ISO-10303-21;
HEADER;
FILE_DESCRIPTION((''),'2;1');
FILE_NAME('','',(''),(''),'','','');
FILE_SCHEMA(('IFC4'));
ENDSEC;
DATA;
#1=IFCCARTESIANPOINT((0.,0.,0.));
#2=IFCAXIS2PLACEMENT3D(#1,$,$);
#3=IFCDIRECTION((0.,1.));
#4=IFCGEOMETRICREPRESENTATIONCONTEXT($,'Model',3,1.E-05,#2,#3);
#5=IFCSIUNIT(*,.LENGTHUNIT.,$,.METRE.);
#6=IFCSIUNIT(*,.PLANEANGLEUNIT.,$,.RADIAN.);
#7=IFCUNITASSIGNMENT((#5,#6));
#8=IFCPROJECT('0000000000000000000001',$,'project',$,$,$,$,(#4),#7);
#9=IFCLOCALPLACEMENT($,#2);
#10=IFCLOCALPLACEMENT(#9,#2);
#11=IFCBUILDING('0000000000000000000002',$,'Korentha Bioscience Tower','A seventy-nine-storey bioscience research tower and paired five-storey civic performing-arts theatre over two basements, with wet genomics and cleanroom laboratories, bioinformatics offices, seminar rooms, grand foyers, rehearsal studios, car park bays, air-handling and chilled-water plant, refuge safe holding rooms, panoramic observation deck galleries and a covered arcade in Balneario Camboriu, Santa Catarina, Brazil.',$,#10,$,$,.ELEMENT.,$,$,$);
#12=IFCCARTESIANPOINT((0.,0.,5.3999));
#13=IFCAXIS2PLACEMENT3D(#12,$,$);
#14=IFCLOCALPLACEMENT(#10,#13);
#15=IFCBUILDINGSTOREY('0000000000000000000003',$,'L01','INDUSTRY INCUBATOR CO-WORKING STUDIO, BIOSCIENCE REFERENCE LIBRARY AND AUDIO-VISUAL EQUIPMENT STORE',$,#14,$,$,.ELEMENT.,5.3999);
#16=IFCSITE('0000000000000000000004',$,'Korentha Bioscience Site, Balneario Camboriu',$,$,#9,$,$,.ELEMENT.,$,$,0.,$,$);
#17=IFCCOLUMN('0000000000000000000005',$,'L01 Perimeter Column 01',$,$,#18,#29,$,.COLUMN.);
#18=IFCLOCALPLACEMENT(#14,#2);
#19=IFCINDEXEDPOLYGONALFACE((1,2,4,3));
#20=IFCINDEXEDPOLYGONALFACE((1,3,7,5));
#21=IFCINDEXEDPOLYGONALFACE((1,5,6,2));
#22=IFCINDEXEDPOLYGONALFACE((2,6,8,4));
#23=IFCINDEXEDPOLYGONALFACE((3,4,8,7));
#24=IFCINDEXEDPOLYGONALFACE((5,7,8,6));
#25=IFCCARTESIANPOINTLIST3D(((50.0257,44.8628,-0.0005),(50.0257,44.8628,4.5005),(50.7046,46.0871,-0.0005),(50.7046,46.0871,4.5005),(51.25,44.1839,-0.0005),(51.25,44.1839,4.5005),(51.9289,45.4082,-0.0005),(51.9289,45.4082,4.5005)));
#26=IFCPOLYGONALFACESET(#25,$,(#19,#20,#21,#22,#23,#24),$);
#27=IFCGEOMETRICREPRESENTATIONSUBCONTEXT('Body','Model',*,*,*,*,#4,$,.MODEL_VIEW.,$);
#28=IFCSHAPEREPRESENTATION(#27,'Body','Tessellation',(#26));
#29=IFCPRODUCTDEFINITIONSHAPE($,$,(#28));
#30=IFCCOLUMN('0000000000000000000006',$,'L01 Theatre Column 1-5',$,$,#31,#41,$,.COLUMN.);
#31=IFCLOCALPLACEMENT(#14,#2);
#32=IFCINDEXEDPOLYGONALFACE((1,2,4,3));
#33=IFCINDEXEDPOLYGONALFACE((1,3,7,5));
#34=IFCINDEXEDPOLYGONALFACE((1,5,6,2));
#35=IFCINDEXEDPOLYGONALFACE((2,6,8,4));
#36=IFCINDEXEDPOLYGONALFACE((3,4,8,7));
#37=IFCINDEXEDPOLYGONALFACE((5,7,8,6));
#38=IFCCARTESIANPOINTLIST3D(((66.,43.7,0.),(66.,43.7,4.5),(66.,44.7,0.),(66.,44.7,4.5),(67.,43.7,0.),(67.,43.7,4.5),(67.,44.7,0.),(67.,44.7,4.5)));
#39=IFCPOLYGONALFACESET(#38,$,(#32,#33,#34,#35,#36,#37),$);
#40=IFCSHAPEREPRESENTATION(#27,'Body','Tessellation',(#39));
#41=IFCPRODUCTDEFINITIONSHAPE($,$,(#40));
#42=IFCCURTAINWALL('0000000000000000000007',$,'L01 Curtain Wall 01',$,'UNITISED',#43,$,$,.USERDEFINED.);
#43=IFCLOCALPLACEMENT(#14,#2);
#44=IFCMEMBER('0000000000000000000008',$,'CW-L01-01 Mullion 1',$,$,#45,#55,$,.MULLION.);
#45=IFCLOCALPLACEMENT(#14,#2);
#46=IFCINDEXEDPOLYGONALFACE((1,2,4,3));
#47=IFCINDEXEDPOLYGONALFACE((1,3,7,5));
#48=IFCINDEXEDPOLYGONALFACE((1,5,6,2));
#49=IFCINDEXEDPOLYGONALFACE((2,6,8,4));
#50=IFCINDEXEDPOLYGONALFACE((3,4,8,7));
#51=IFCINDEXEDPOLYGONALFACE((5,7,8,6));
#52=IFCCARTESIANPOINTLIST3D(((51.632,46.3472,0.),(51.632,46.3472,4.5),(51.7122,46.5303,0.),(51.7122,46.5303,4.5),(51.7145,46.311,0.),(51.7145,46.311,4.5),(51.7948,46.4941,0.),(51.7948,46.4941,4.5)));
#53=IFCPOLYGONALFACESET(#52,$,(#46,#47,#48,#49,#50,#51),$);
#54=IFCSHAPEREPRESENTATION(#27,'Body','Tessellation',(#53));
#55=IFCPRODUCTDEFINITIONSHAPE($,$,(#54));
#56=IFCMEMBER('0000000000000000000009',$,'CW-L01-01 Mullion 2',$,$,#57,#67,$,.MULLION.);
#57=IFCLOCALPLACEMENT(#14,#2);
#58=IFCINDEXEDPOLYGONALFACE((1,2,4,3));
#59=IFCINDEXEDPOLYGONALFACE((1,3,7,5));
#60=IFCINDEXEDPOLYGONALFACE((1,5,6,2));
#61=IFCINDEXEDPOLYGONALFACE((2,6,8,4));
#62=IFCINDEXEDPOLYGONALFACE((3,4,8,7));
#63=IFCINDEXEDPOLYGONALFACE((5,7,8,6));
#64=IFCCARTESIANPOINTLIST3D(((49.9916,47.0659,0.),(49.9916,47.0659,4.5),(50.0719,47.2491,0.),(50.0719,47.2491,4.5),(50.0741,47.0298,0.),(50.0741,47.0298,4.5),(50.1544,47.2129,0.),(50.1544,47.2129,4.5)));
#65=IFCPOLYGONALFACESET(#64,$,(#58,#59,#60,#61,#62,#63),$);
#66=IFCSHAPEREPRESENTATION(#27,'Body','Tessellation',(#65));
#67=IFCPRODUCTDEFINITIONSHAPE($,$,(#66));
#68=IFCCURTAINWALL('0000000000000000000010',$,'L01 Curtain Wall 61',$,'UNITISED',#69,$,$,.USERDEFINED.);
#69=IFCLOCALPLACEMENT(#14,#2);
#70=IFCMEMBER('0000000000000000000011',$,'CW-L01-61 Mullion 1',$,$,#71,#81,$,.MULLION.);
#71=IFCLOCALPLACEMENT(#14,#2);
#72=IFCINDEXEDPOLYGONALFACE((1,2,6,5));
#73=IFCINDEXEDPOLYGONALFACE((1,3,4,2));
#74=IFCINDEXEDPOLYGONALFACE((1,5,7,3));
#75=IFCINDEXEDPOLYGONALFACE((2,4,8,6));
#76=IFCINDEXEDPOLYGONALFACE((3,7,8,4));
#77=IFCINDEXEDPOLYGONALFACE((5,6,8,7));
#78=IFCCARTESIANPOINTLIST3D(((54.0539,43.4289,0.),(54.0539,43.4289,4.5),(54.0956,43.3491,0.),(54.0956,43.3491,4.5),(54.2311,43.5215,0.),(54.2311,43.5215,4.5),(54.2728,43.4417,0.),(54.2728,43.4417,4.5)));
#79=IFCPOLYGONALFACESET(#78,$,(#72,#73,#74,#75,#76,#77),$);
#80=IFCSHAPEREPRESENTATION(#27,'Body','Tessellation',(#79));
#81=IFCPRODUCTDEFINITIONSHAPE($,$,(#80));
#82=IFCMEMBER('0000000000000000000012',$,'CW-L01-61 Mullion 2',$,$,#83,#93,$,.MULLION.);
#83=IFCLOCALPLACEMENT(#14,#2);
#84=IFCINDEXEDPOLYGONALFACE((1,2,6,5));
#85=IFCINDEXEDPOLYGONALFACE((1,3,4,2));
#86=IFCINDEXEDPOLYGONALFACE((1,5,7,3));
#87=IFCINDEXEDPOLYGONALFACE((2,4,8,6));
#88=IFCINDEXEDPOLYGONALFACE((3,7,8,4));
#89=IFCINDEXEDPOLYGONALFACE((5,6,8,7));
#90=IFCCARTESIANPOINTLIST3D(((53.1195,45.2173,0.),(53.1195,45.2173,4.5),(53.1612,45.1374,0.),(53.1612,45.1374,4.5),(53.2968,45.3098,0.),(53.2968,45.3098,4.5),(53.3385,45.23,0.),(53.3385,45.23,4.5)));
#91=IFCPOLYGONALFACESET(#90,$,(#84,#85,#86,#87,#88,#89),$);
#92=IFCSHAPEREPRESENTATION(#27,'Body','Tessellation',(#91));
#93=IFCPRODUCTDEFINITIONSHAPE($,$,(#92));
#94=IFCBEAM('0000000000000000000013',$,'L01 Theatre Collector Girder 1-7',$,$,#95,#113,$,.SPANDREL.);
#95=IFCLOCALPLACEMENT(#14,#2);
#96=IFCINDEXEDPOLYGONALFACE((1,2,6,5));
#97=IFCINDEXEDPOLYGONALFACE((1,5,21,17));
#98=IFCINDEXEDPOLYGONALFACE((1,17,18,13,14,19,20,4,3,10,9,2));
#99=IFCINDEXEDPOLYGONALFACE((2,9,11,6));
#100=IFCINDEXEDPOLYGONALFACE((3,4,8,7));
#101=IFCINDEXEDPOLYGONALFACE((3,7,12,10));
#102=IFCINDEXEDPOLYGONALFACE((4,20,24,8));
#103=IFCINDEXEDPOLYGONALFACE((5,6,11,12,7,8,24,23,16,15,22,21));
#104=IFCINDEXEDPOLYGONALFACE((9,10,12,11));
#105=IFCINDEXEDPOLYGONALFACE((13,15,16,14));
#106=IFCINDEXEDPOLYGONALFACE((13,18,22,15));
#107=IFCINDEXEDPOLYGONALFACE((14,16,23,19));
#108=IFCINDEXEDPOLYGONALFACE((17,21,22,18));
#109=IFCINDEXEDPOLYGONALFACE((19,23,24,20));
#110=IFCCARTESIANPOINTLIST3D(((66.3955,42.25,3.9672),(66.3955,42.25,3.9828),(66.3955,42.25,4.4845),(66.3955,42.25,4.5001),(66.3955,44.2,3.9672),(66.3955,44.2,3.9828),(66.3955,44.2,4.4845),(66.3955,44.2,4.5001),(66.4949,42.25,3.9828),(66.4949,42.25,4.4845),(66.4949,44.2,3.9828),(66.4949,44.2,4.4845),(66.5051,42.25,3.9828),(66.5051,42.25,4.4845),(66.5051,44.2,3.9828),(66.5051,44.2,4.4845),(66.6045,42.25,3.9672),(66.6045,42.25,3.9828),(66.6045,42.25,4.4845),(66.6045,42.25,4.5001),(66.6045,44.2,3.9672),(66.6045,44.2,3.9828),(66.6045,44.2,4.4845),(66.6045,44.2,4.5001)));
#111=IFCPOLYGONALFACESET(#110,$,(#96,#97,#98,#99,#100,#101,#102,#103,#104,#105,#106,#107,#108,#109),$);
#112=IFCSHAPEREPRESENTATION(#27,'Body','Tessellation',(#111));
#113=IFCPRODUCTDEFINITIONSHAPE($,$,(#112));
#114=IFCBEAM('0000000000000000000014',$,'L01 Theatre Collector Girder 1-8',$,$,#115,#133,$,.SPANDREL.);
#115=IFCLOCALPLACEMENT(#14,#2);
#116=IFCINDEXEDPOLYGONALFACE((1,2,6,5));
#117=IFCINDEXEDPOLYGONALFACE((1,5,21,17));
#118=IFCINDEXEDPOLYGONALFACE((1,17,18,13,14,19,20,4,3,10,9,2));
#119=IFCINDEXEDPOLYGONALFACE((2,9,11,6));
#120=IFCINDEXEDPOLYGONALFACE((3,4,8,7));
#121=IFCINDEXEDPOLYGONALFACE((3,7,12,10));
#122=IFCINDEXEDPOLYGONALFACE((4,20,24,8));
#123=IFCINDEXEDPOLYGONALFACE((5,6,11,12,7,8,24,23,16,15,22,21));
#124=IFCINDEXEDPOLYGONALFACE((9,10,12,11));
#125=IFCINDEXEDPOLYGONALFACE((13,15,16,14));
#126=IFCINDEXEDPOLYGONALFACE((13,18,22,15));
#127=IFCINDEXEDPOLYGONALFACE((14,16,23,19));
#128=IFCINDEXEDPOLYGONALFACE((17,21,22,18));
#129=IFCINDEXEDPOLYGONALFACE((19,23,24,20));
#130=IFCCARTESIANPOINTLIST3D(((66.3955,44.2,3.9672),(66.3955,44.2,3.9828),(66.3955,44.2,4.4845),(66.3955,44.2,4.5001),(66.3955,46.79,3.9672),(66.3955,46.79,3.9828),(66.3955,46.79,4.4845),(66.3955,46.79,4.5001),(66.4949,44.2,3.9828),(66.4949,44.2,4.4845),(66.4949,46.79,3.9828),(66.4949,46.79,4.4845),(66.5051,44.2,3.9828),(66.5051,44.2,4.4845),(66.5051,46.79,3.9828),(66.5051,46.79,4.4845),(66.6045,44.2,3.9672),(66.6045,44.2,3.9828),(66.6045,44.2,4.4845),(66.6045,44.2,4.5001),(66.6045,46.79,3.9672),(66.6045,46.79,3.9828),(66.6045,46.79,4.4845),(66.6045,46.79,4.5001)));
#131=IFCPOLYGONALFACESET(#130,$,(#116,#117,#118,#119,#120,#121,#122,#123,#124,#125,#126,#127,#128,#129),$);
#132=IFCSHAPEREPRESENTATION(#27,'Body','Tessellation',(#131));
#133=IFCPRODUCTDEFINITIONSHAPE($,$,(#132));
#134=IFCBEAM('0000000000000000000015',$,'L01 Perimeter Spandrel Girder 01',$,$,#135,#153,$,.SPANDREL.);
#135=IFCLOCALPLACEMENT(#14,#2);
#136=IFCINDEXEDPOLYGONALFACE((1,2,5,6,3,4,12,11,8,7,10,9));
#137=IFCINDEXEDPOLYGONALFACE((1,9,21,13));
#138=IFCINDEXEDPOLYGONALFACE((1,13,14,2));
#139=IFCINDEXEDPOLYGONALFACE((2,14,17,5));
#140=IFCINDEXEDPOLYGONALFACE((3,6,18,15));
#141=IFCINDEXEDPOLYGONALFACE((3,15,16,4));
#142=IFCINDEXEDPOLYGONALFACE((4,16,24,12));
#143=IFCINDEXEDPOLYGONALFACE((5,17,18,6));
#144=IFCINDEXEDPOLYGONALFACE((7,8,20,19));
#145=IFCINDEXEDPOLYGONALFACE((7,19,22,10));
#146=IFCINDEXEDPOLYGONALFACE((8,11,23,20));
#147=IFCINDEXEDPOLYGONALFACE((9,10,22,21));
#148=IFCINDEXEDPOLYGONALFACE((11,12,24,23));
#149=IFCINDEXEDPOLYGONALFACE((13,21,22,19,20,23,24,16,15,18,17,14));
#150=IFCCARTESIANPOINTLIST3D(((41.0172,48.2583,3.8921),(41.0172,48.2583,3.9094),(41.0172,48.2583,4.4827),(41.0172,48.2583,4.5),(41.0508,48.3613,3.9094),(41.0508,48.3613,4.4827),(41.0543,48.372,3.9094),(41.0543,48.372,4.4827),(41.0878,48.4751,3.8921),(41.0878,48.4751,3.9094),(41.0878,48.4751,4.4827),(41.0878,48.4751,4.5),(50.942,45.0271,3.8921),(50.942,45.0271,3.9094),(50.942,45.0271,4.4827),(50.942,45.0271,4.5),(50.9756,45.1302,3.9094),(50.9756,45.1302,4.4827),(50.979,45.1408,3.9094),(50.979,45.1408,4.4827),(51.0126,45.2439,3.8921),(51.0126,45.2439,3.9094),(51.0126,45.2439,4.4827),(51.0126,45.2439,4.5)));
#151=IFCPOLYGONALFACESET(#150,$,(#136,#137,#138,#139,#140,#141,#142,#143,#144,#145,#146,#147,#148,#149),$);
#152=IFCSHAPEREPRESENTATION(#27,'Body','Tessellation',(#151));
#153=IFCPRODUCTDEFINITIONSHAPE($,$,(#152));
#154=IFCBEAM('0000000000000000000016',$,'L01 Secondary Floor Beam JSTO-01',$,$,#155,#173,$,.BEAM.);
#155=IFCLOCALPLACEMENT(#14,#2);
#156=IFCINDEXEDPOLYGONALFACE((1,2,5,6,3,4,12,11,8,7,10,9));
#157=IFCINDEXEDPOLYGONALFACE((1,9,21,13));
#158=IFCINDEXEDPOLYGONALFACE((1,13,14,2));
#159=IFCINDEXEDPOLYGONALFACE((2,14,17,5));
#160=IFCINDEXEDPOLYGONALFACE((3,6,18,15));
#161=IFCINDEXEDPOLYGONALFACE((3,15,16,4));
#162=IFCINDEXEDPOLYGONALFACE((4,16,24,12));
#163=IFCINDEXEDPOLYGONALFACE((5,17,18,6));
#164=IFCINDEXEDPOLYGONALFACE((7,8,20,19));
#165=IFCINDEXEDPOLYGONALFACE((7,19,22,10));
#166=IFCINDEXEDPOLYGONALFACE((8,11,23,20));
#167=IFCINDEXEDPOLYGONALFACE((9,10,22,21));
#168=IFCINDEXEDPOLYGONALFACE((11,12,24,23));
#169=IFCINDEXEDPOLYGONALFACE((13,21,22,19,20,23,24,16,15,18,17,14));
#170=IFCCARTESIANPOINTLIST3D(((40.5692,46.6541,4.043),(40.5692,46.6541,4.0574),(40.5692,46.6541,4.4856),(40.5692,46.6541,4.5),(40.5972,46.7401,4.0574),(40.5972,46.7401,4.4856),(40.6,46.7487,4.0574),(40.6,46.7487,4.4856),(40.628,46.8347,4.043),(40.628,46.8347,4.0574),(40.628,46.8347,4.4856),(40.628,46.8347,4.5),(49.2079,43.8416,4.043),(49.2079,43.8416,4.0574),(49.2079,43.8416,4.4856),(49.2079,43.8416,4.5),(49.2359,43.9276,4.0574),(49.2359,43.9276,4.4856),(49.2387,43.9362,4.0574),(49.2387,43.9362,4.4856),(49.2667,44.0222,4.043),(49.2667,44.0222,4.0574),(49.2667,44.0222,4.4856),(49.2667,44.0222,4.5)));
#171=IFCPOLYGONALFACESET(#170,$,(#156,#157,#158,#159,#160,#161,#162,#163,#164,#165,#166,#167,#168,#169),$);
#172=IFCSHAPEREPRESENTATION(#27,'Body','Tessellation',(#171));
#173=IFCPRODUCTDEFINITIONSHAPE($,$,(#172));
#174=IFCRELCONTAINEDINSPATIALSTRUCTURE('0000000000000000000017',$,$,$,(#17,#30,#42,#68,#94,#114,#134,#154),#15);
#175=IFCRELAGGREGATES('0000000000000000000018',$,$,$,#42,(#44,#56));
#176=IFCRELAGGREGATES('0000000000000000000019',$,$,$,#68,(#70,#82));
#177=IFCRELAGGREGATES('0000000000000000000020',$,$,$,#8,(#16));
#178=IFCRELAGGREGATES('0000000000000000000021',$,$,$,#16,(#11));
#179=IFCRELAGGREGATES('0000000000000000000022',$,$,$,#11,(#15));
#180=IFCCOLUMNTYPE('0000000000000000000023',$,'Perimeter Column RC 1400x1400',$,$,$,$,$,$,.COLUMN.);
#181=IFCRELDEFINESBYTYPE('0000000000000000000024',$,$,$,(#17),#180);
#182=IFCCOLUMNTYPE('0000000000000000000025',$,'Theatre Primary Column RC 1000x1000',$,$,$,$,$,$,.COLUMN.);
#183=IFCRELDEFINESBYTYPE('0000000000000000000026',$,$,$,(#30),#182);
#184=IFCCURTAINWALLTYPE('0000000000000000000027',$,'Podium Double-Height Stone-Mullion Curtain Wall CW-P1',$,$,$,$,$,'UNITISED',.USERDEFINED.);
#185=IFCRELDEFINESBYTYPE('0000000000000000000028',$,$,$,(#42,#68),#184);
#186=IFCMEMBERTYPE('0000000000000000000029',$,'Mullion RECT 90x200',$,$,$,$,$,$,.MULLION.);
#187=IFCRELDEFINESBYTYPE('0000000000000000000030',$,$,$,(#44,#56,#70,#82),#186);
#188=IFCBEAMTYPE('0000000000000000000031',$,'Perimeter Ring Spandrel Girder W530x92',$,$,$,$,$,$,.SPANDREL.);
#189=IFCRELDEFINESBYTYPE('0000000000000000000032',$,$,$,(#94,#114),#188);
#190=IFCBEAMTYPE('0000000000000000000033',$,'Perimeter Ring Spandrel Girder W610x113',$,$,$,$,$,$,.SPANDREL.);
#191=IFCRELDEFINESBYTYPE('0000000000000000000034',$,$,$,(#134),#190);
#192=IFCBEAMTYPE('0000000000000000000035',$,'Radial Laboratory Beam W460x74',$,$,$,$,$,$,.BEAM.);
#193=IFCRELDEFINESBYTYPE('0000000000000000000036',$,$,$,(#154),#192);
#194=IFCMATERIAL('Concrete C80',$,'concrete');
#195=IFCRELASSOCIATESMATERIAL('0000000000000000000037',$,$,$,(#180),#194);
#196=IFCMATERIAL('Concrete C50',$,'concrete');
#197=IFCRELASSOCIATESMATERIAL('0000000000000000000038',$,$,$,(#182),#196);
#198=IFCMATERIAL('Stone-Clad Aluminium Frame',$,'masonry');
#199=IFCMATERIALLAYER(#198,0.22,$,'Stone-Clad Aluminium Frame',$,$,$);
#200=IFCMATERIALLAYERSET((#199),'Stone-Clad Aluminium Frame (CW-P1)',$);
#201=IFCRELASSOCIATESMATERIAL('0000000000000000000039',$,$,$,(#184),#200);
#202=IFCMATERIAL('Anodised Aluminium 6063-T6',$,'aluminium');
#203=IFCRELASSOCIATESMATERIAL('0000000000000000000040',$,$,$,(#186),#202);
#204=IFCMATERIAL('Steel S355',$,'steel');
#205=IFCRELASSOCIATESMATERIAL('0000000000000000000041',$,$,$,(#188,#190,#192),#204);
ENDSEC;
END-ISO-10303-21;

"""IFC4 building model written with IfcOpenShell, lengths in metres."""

from ifc_helpers import new_model, si_unit, direction, frame, origin, origin_2d, place, context, subcontext, project, spatial, rectangle, i_section, extrude, material, layer, layer_set, material_profile, profile_set, type_object, element, aggregate, save


model = new_model("IFC4")

# Units and contexts
model_context = context("Model", 3, precision=1e-05, world=origin(), true_north=direction((0.0, 1.0)))
body_context = subcontext(model_context, "Body", "Model", "MODEL_VIEW")
ifc_project = project(units=[si_unit("LENGTHUNIT", "METRE"), si_unit("PLANEANGLEUNIT", "RADIAN")], contexts=[model_context])

# Site, building, storey
site_placement = place(None, origin())
site = spatial("IfcSite", under=ifc_project, at=site_placement, Name="Korentha Bioscience Site, Balneario Camboriu", CompositionType="ELEMENT", RefElevation=0.0)
building_placement = place(site_placement, origin())
building = spatial("IfcBuilding", under=site, at=building_placement, Name="Korentha Bioscience Tower", Description="A seventy-nine-storey bioscience research tower and paired five-storey civic performing-arts theatre over two basements, with wet genomics and cleanroom laboratories, bioinformatics offices, seminar rooms, grand foyers, rehearsal studios, car park bays, air-handling and chilled-water plant, refuge safe holding rooms, panoramic observation deck galleries and a covered arcade in Balneario Camboriu, Santa Catarina, Brazil.", CompositionType="ELEMENT")
storey_placement = place(building_placement, frame((0.0, 0.0, 5.3999)))
storey = spatial("IfcBuildingStorey", under=building, at=storey_placement, Name="L01", Description="INDUSTRY INCUBATOR CO-WORKING STUDIO, BIOSCIENCE REFERENCE LIBRARY AND AUDIO-VISUAL EQUIPMENT STORE", CompositionType="ELEMENT", Elevation=5.3999)

# Columns
ifc_material_1 = material(Name="Concrete C80", Category="concrete")
ifc_material_profile_1 = material_profile(ifc_material_1, rectangle(XDim=1.3999, YDim=1.3999, at=origin_2d()), Name="Concrete C80")
ifc_profile_set_1 = profile_set([ifc_material_profile_1], Name="Concrete C80 (COL-P14)")
column_type_1 = type_object("IfcColumnType", Name="Perimeter Column RC 1400x1400", PredefinedType="COLUMN", material=ifc_profile_set_1)
column_1_placement = place(storey_placement, frame((50.9773, 45.1355, -0.0005), z_axis=(0.0, 0.0, 1.0), x_axis=(-0.874535, 0.484962, 0.0)))
element("IfcColumn", 1, at=column_1_placement, inside=storey, type_object=column_type_1, Name="L01 Perimeter Column 01", PredefinedType="COLUMN", context=body_context, shape_type="SweptSolid", body=[
    extrude(rectangle(XDim=1.3999, YDim=1.3999, at=origin_2d()), origin(), (0.0, 0.0, 1.0), 4.501),
])
ifc_material_2 = material(Name="Concrete C50", Category="concrete")
ifc_material_profile_2 = material_profile(ifc_material_2, rectangle(XDim=1.0, YDim=1.0, at=origin_2d()), Name="Concrete C50")
ifc_profile_set_2 = profile_set([ifc_material_profile_2], Name="Concrete C50 (TC-01)")
column_type_2 = type_object("IfcColumnType", Name="Theatre Primary Column RC 1000x1000", PredefinedType="COLUMN", material=ifc_profile_set_2)
column_2_placement = place(storey_placement, frame((66.5, 44.2, 0.0), z_axis=(0.0, 0.0, 1.0), x_axis=(1.0, 0.0, 0.0)))
element("IfcColumn", 2, at=column_2_placement, inside=storey, type_object=column_type_2, Name="L01 Theatre Column 1-5", PredefinedType="COLUMN", context=body_context, shape_type="SweptSolid", body=[
    extrude(rectangle(XDim=1.0, YDim=1.0, at=origin_2d()), origin(), (0.0, 0.0, 1.0), 4.5),
])

# Curtain walls, members
ifc_material_3 = material(Name="Stone-Clad Aluminium Frame", Category="masonry")
ifc_layer_1 = layer(ifc_material_3, 0.22, Name="Stone-Clad Aluminium Frame")
ifc_layer_set_1 = layer_set([ifc_layer_1], Name="Stone-Clad Aluminium Frame (CW-P1)")
curtain_wall_type = type_object("IfcCurtainWallType", Name="Podium Double-Height Stone-Mullion Curtain Wall CW-P1", ElementType="UNITISED", PredefinedType="USERDEFINED", material=ifc_layer_set_1)
curtain_wall_1_placement = place(storey_placement, origin())
curtain_wall_1 = element("IfcCurtainWall", 3, at=curtain_wall_1_placement, inside=storey, type_object=curtain_wall_type, Name="L01 Curtain Wall 01", ObjectType="UNITISED", PredefinedType="USERDEFINED")
ifc_material_4 = material(Name="Anodised Aluminium 6063-T6", Category="aluminium")
ifc_material_profile_3 = material_profile(ifc_material_4, rectangle(XDim=0.0901, YDim=0.2, at=origin_2d()), Name="Anodised Aluminium 6063-T6")
ifc_profile_set_3 = profile_set([ifc_material_profile_3], Name="Anodised Aluminium 6063-T6 (CW-MUL)")
member_type_1 = type_object("IfcMemberType", Name="Mullion RECT 90x200", PredefinedType="MULLION", material=ifc_profile_set_3)
member_1_placement = place(storey_placement, frame((51.7134, 46.4207, 0.0), z_axis=(0.0, 0.0, 1.0), x_axis=(-0.915939, 0.401317, 0.0)))
member_1 = element("IfcMember", 4, at=member_1_placement, type_object=member_type_1, Name="CW-L01-01 Mullion 1", PredefinedType="MULLION", context=body_context, shape_type="SweptSolid", body=[
    extrude(rectangle(XDim=0.0901, YDim=0.2, at=origin_2d()), origin(), (0.0, 0.0, 1.0), 4.5),
])
member_2_placement = place(storey_placement, frame((50.073, 47.1394, 0.0), z_axis=(0.0, 0.0, 1.0), x_axis=(-0.915939, 0.401317, 0.0)))
member_2 = element("IfcMember", 5, at=member_2_placement, type_object=member_type_1, Name="CW-L01-01 Mullion 2", PredefinedType="MULLION", context=body_context, shape_type="SweptSolid", body=[
    extrude(rectangle(XDim=0.0901, YDim=0.2, at=origin_2d()), origin(), (0.0, 0.0, 1.0), 4.5),
])
curtain_wall_2_placement = place(storey_placement, origin())
curtain_wall_2 = element("IfcCurtainWall", 6, at=curtain_wall_2_placement, inside=storey, type_object=curtain_wall_type, Name="L01 Curtain Wall 61", ObjectType="UNITISED", PredefinedType="USERDEFINED")
member_3_placement = place(storey_placement, frame((54.1633, 43.4353, 0.0), z_axis=(0.0, 0.0, 1.0), x_axis=(-0.463009, 0.886354, 0.0)))
member_3 = element("IfcMember", 7, at=member_3_placement, type_object=member_type_1, Name="CW-L01-61 Mullion 1", PredefinedType="MULLION", context=body_context, shape_type="SweptSolid", body=[
    extrude(rectangle(XDim=0.0901, YDim=0.2, at=origin_2d()), origin(), (0.0, 0.0, 1.0), 4.5),
])
member_4_placement = place(storey_placement, frame((53.229, 45.2236, 0.0), z_axis=(0.0, 0.0, 1.0), x_axis=(-0.463009, 0.886354, 0.0)))
member_4 = element("IfcMember", 8, at=member_4_placement, type_object=member_type_1, Name="CW-L01-61 Mullion 2", PredefinedType="MULLION", context=body_context, shape_type="SweptSolid", body=[
    extrude(rectangle(XDim=0.0901, YDim=0.2, at=origin_2d()), origin(), (0.0, 0.0, 1.0), 4.5),
])

# Beams
ifc_material_5 = material(Name="Steel S355", Category="steel")
ifc_material_profile_4 = material_profile(ifc_material_5, i_section(OverallWidth=0.209, OverallDepth=0.533, WebThickness=0.0103, FlangeThickness=0.0156, at=origin_2d()), Name="Steel S355")
ifc_profile_set_4 = profile_set([ifc_material_profile_4], Name="Steel S355 (SB-530)")
beam_type_1 = type_object("IfcBeamType", Name="Perimeter Ring Spandrel Girder W530x92", PredefinedType="SPANDREL", material=ifc_profile_set_4)
beam_1_placement = place(storey_placement, frame((66.5, 42.25, 4.2336), z_axis=(0.0, 1.0, 0.0), x_axis=(-1.0, 0.0, 0.0)))
element("IfcBeam", 9, at=beam_1_placement, inside=storey, type_object=beam_type_1, Name="L01 Theatre Collector Girder 1-7", PredefinedType="SPANDREL", context=body_context, shape_type="SweptSolid", body=[
    extrude(i_section(OverallWidth=0.209, OverallDepth=0.533, WebThickness=0.0103, FlangeThickness=0.0156, at=origin_2d()), origin(), (0.0, 0.0, 1.0), 1.95),
])
beam_2_placement = place(storey_placement, frame((66.5, 44.2, 4.2336), z_axis=(0.0, 1.0, 0.0), x_axis=(-1.0, 0.0, 0.0)))
element("IfcBeam", 10, at=beam_2_placement, inside=storey, type_object=beam_type_1, Name="L01 Theatre Collector Girder 1-8", PredefinedType="SPANDREL", context=body_context, shape_type="SweptSolid", body=[
    extrude(i_section(OverallWidth=0.209, OverallDepth=0.533, WebThickness=0.0103, FlangeThickness=0.0156, at=origin_2d()), origin(), (0.0, 0.0, 1.0), 2.5901),
])
ifc_material_profile_5 = material_profile(ifc_material_5, i_section(OverallWidth=0.228, OverallDepth=0.6079, WebThickness=0.0112, FlangeThickness=0.0173, at=origin_2d()), Name="Steel S355")
ifc_profile_set_5 = profile_set([ifc_material_profile_5], Name="Steel S355 (SB-610)")
beam_type_2 = type_object("IfcBeamType", Name="Perimeter Ring Spandrel Girder W610x113", PredefinedType="SPANDREL", material=ifc_profile_set_5)
beam_3_placement = place(storey_placement, frame((50.9773, 45.1355, 4.196), z_axis=(-0.950875, 0.309575, 0.0), x_axis=(-0.309575, -0.950875, 0.0)))
element("IfcBeam", 11, at=beam_3_placement, inside=storey, type_object=beam_type_2, Name="L01 Perimeter Spandrel Girder 01", PredefinedType="SPANDREL", context=body_context, shape_type="SweptSolid", body=[
    extrude(i_section(OverallWidth=0.228, OverallDepth=0.6079, WebThickness=0.0112, FlangeThickness=0.0173, at=origin_2d()), origin(), (0.0, 0.0, 1.0), 10.4375),
])
ifc_material_profile_6 = material_profile(ifc_material_5, i_section(OverallWidth=0.1899, OverallDepth=0.457, WebThickness=0.009, FlangeThickness=0.0144, at=origin_2d()), Name="Steel S355")
ifc_profile_set_6 = profile_set([ifc_material_profile_6], Name="Steel S355 (RB-460)")
beam_type_3 = type_object("IfcBeamType", Name="Radial Laboratory Beam W460x74", PredefinedType="BEAM", material=ifc_profile_set_6)
beam_4_placement = place(storey_placement, frame((49.2373, 43.9319, 4.2715), z_axis=(-0.950874, 0.309577, 0.0), x_axis=(-0.309577, -0.950874, 0.0)))
element("IfcBeam", 12, at=beam_4_placement, inside=storey, type_object=beam_type_3, Name="L01 Secondary Floor Beam JSTO-01", PredefinedType="BEAM", context=body_context, shape_type="SweptSolid", body=[
    extrude(i_section(OverallWidth=0.1899, OverallDepth=0.457, WebThickness=0.009, FlangeThickness=0.0144, at=origin_2d()), origin(), (0.0, 0.0, 1.0), 9.085),
])

aggregate(curtain_wall_1, [member_1, member_2])
aggregate(curtain_wall_2, [member_3, member_4])

save(model, "model.ifc")
